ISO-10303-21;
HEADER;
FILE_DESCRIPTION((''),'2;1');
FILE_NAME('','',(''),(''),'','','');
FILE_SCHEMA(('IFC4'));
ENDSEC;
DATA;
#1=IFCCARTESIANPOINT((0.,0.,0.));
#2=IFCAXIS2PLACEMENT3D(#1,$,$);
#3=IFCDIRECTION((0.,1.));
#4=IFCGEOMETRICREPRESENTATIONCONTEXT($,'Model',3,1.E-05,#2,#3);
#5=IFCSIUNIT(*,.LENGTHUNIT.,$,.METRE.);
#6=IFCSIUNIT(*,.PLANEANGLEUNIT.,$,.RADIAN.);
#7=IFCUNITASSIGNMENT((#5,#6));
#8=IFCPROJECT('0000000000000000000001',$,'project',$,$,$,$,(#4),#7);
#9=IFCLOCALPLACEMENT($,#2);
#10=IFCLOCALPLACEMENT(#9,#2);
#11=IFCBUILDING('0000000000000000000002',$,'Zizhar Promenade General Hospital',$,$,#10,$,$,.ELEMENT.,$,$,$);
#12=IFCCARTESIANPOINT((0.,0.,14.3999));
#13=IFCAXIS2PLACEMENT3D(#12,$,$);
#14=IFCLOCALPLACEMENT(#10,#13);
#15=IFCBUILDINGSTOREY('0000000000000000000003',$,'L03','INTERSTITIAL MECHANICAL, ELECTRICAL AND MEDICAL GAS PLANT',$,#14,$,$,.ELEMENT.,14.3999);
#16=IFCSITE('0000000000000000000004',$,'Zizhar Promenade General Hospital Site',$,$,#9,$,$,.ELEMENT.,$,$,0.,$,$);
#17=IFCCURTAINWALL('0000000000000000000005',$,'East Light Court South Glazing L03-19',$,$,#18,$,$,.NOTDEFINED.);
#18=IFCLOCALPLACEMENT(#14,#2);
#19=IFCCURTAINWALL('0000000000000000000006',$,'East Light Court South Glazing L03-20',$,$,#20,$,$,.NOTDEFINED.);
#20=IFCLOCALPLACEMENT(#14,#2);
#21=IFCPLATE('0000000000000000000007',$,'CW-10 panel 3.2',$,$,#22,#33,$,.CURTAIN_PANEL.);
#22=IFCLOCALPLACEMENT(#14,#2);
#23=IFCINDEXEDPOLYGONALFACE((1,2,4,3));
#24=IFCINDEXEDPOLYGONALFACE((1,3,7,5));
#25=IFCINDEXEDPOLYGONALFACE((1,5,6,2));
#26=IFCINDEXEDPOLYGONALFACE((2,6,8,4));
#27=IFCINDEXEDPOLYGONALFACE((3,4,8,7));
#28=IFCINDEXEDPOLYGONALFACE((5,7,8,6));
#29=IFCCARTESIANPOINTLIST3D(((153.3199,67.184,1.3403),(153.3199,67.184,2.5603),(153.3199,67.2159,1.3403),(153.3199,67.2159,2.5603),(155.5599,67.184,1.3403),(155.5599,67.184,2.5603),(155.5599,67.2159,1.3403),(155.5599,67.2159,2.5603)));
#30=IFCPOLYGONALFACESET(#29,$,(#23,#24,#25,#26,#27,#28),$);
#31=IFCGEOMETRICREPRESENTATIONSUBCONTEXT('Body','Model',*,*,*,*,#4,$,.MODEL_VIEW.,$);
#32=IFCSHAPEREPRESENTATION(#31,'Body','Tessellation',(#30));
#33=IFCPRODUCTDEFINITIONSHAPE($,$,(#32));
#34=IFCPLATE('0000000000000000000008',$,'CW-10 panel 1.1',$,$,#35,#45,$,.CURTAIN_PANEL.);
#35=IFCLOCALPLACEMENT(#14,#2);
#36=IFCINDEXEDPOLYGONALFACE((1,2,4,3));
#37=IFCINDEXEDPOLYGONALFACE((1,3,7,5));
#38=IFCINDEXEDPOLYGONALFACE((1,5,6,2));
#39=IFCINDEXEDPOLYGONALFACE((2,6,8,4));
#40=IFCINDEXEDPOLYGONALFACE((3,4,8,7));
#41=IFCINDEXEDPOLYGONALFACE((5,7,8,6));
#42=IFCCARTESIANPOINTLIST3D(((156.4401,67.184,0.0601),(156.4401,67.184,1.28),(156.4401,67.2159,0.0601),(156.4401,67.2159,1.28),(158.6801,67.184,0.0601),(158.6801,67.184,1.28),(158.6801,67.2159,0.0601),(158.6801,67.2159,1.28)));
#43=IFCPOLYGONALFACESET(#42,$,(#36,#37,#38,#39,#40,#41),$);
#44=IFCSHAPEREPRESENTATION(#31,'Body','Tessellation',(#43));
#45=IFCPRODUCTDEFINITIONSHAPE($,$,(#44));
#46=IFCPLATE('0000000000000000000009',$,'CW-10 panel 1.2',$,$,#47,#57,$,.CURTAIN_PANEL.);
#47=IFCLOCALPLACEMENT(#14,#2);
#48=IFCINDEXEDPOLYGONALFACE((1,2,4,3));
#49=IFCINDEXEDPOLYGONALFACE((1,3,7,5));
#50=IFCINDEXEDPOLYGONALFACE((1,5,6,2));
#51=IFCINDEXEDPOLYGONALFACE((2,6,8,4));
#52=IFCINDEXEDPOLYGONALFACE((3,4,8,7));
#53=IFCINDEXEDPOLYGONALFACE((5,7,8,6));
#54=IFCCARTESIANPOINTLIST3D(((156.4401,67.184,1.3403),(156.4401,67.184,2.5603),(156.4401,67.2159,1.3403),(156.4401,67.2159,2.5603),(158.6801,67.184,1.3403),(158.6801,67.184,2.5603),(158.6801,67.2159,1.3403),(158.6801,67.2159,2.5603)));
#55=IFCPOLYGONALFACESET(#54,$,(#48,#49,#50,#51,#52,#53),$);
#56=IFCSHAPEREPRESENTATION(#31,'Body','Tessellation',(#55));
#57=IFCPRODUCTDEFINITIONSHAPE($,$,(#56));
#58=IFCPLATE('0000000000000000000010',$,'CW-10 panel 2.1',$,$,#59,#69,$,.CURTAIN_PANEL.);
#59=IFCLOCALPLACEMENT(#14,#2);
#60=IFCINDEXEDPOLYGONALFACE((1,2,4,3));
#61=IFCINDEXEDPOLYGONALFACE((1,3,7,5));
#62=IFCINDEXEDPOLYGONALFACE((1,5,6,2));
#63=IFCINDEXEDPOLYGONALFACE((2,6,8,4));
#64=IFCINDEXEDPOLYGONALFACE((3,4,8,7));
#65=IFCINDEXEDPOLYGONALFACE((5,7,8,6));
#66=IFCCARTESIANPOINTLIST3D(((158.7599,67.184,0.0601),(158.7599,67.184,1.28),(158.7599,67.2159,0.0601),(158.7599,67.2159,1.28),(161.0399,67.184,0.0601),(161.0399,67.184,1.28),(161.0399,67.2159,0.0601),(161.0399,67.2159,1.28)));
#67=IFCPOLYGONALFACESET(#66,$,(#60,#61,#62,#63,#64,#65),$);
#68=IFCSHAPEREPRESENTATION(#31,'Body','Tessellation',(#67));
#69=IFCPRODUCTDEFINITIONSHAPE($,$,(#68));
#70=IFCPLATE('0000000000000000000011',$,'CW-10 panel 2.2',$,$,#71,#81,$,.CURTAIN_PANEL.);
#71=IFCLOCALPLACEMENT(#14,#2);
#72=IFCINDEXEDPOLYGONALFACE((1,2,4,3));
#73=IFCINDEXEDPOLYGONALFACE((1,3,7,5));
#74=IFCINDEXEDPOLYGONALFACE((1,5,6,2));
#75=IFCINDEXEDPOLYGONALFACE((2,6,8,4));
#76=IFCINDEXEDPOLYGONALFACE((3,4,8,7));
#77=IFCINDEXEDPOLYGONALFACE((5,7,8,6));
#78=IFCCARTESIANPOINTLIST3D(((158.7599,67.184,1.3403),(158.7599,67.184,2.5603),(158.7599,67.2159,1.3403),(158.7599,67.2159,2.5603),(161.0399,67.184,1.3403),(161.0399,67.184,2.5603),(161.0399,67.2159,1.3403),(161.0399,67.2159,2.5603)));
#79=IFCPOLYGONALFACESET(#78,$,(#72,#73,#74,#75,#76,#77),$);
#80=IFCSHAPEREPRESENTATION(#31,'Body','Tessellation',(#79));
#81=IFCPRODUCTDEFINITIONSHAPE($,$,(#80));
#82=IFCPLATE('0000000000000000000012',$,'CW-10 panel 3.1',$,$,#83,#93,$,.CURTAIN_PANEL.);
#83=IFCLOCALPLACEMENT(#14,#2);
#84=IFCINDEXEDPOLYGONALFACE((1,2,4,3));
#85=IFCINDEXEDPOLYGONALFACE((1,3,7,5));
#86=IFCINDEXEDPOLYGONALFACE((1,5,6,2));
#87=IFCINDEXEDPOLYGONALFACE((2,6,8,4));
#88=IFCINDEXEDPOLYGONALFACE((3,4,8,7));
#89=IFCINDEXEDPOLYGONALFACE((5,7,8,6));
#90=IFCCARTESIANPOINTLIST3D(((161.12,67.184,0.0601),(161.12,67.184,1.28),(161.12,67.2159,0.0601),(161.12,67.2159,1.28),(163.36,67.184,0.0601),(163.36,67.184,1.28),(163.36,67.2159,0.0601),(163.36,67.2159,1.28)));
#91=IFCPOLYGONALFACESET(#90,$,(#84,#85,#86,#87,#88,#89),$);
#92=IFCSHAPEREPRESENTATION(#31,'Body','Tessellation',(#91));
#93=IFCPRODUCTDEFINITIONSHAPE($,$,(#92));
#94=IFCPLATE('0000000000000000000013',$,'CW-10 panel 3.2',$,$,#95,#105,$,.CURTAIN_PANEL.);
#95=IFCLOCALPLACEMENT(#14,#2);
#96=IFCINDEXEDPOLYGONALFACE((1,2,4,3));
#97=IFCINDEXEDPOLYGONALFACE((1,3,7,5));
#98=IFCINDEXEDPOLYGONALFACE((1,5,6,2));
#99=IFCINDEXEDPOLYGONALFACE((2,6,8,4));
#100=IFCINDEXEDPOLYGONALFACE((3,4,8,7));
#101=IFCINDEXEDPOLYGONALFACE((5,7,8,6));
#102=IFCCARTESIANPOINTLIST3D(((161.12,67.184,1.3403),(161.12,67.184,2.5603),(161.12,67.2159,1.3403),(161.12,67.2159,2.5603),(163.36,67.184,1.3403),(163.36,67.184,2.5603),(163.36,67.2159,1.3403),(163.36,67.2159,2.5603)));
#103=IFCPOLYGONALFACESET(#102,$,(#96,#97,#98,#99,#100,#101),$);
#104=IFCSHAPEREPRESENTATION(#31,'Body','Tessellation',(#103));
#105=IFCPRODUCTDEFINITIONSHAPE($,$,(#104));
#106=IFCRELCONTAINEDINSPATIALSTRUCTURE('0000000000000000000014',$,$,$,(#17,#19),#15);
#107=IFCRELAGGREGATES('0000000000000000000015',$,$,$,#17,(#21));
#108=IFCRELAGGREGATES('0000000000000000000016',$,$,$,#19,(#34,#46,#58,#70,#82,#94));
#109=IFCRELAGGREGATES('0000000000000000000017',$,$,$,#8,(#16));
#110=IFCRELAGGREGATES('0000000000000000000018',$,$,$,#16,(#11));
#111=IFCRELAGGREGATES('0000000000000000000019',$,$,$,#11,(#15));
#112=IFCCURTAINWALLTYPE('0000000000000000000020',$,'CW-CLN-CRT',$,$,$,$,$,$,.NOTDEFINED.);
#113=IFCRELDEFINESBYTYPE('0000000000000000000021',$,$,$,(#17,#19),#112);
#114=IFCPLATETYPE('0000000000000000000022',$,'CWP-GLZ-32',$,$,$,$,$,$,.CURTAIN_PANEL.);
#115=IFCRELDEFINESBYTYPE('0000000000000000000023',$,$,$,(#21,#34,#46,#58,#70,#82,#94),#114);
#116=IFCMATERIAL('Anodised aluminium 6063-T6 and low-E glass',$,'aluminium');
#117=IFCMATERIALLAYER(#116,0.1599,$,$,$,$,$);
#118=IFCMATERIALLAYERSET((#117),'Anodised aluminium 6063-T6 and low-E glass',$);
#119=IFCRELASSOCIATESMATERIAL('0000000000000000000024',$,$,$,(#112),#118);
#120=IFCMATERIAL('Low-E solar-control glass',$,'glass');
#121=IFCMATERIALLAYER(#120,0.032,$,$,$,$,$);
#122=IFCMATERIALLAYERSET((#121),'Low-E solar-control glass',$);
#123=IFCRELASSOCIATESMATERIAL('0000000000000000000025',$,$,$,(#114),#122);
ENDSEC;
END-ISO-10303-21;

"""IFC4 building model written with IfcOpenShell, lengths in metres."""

from ifc_helpers import new_model, si_unit, direction, frame, origin, origin_2d, place, context, subcontext, project, spatial, rectangle, extrude, material, layer, layer_set, type_object, element, aggregate, save


model = new_model("IFC4")

# Units and contexts
model_context = context("Model", 3, precision=1e-05, world=origin(), true_north=direction((0.0, 1.0)))
body_context = subcontext(model_context, "Body", "Model", "MODEL_VIEW")
ifc_project = project(units=[si_unit("LENGTHUNIT", "METRE"), si_unit("PLANEANGLEUNIT", "RADIAN")], contexts=[model_context])

# Site, building, storey
site_placement = place(None, origin())
site = spatial("IfcSite", under=ifc_project, at=site_placement, Name="Zizhar Promenade General Hospital Site", CompositionType="ELEMENT", RefElevation=0.0)
building_placement = place(site_placement, origin())
building = spatial("IfcBuilding", under=site, at=building_placement, Name="Zizhar Promenade General Hospital", CompositionType="ELEMENT")
storey_placement = place(building_placement, frame((0.0, 0.0, 14.3999)))
storey = spatial("IfcBuildingStorey", under=building, at=storey_placement, Name="L03", Description="INTERSTITIAL MECHANICAL, ELECTRICAL AND MEDICAL GAS PLANT", CompositionType="ELEMENT", Elevation=14.3999)

# Curtain walls
ifc_material_1 = material(Name="Anodised aluminium 6063-T6 and low-E glass", Category="aluminium")
ifc_layer_1 = layer(ifc_material_1, 0.1599)
ifc_layer_set_1 = layer_set([ifc_layer_1], Name="Anodised aluminium 6063-T6 and low-E glass")
curtain_wall_type = type_object("IfcCurtainWallType", Name="CW-CLN-CRT", PredefinedType="NOTDEFINED", material=ifc_layer_set_1)
curtain_wall_1_placement = place(storey_placement, origin())
curtain_wall_1 = element("IfcCurtainWall", 1, at=curtain_wall_1_placement, inside=storey, type_object=curtain_wall_type, Name="East Light Court South Glazing L03-19", PredefinedType="NOTDEFINED")
curtain_wall_2_placement = place(storey_placement, origin())
curtain_wall_2 = element("IfcCurtainWall", 2, at=curtain_wall_2_placement, inside=storey, type_object=curtain_wall_type, Name="East Light Court South Glazing L03-20", PredefinedType="NOTDEFINED")

# Plates
ifc_material_2 = material(Name="Low-E solar-control glass", Category="glass")
ifc_layer_2 = layer(ifc_material_2, 0.032)
ifc_layer_set_2 = layer_set([ifc_layer_2], Name="Low-E solar-control glass")
plate_type = type_object("IfcPlateType", Name="CWP-GLZ-32", PredefinedType="CURTAIN_PANEL", material=ifc_layer_set_2)
plate_1_placement = place(storey_placement, frame((154.4399, 67.2, 1.3403), z_axis=(0.0, 0.0, 1.0), x_axis=(1.0, 0.0, 0.0)))
plate_1 = element("IfcPlate", 3, at=plate_1_placement, type_object=plate_type, Name="CW-10 panel 3.2", PredefinedType="CURTAIN_PANEL", context=body_context, shape_type="SweptSolid", body=[
    extrude(rectangle(XDim=2.24, YDim=0.032, at=origin_2d()), origin(), (0.0, 0.0, 1.0), 1.22),
])
aggregate(curtain_wall_1, [plate_1])
plate_2_placement = place(storey_placement, frame((157.5601, 67.2, 0.0601), z_axis=(0.0, 0.0, 1.0), x_axis=(1.0, 0.0, 0.0)))
plate_2 = element("IfcPlate", 4, at=plate_2_placement, type_object=plate_type, Name="CW-10 panel 1.1", PredefinedType="CURTAIN_PANEL", context=body_context, shape_type="SweptSolid", body=[
    extrude(rectangle(XDim=2.24, YDim=0.032, at=origin_2d()), origin(), (0.0, 0.0, 1.0), 1.22),
])
plate_3_placement = place(storey_placement, frame((157.5601, 67.2, 1.3403), z_axis=(0.0, 0.0, 1.0), x_axis=(1.0, 0.0, 0.0)))
plate_3 = element("IfcPlate", 5, at=plate_3_placement, type_object=plate_type, Name="CW-10 panel 1.2", PredefinedType="CURTAIN_PANEL", context=body_context, shape_type="SweptSolid", body=[
    extrude(rectangle(XDim=2.24, YDim=0.032, at=origin_2d()), origin(), (0.0, 0.0, 1.0), 1.22),
])
plate_4_placement = place(storey_placement, frame((159.8999, 67.2, 0.0601), z_axis=(0.0, 0.0, 1.0), x_axis=(1.0, 0.0, 0.0)))
plate_4 = element("IfcPlate", 6, at=plate_4_placement, type_object=plate_type, Name="CW-10 panel 2.1", PredefinedType="CURTAIN_PANEL", context=body_context, shape_type="SweptSolid", body=[
    extrude(rectangle(XDim=2.28, YDim=0.032, at=origin_2d()), origin(), (0.0, 0.0, 1.0), 1.22),
])
plate_5_placement = place(storey_placement, frame((159.8999, 67.2, 1.3403), z_axis=(0.0, 0.0, 1.0), x_axis=(1.0, 0.0, 0.0)))
plate_5 = element("IfcPlate", 7, at=plate_5_placement, type_object=plate_type, Name="CW-10 panel 2.2", PredefinedType="CURTAIN_PANEL", context=body_context, shape_type="SweptSolid", body=[
    extrude(rectangle(XDim=2.28, YDim=0.032, at=origin_2d()), origin(), (0.0, 0.0, 1.0), 1.22),
])
plate_6_placement = place(storey_placement, frame((162.24, 67.2, 0.0601), z_axis=(0.0, 0.0, 1.0), x_axis=(1.0, 0.0, 0.0)))
plate_6 = element("IfcPlate", 8, at=plate_6_placement, type_object=plate_type, Name="CW-10 panel 3.1", PredefinedType="CURTAIN_PANEL", context=body_context, shape_type="SweptSolid", body=[
    extrude(rectangle(XDim=2.24, YDim=0.032, at=origin_2d()), origin(), (0.0, 0.0, 1.0), 1.22),
])
plate_7_placement = place(storey_placement, frame((162.24, 67.2, 1.3403), z_axis=(0.0, 0.0, 1.0), x_axis=(1.0, 0.0, 0.0)))
plate_7 = element("IfcPlate", 9, at=plate_7_placement, type_object=plate_type, Name="CW-10 panel 3.2", PredefinedType="CURTAIN_PANEL", context=body_context, shape_type="SweptSolid", body=[
    extrude(rectangle(XDim=2.24, YDim=0.032, at=origin_2d()), origin(), (0.0, 0.0, 1.0), 1.22),
])
aggregate(curtain_wall_2, [plate_2, plate_3, plate_4, plate_5, plate_6, plate_7])

save(model, "model.ifc")
